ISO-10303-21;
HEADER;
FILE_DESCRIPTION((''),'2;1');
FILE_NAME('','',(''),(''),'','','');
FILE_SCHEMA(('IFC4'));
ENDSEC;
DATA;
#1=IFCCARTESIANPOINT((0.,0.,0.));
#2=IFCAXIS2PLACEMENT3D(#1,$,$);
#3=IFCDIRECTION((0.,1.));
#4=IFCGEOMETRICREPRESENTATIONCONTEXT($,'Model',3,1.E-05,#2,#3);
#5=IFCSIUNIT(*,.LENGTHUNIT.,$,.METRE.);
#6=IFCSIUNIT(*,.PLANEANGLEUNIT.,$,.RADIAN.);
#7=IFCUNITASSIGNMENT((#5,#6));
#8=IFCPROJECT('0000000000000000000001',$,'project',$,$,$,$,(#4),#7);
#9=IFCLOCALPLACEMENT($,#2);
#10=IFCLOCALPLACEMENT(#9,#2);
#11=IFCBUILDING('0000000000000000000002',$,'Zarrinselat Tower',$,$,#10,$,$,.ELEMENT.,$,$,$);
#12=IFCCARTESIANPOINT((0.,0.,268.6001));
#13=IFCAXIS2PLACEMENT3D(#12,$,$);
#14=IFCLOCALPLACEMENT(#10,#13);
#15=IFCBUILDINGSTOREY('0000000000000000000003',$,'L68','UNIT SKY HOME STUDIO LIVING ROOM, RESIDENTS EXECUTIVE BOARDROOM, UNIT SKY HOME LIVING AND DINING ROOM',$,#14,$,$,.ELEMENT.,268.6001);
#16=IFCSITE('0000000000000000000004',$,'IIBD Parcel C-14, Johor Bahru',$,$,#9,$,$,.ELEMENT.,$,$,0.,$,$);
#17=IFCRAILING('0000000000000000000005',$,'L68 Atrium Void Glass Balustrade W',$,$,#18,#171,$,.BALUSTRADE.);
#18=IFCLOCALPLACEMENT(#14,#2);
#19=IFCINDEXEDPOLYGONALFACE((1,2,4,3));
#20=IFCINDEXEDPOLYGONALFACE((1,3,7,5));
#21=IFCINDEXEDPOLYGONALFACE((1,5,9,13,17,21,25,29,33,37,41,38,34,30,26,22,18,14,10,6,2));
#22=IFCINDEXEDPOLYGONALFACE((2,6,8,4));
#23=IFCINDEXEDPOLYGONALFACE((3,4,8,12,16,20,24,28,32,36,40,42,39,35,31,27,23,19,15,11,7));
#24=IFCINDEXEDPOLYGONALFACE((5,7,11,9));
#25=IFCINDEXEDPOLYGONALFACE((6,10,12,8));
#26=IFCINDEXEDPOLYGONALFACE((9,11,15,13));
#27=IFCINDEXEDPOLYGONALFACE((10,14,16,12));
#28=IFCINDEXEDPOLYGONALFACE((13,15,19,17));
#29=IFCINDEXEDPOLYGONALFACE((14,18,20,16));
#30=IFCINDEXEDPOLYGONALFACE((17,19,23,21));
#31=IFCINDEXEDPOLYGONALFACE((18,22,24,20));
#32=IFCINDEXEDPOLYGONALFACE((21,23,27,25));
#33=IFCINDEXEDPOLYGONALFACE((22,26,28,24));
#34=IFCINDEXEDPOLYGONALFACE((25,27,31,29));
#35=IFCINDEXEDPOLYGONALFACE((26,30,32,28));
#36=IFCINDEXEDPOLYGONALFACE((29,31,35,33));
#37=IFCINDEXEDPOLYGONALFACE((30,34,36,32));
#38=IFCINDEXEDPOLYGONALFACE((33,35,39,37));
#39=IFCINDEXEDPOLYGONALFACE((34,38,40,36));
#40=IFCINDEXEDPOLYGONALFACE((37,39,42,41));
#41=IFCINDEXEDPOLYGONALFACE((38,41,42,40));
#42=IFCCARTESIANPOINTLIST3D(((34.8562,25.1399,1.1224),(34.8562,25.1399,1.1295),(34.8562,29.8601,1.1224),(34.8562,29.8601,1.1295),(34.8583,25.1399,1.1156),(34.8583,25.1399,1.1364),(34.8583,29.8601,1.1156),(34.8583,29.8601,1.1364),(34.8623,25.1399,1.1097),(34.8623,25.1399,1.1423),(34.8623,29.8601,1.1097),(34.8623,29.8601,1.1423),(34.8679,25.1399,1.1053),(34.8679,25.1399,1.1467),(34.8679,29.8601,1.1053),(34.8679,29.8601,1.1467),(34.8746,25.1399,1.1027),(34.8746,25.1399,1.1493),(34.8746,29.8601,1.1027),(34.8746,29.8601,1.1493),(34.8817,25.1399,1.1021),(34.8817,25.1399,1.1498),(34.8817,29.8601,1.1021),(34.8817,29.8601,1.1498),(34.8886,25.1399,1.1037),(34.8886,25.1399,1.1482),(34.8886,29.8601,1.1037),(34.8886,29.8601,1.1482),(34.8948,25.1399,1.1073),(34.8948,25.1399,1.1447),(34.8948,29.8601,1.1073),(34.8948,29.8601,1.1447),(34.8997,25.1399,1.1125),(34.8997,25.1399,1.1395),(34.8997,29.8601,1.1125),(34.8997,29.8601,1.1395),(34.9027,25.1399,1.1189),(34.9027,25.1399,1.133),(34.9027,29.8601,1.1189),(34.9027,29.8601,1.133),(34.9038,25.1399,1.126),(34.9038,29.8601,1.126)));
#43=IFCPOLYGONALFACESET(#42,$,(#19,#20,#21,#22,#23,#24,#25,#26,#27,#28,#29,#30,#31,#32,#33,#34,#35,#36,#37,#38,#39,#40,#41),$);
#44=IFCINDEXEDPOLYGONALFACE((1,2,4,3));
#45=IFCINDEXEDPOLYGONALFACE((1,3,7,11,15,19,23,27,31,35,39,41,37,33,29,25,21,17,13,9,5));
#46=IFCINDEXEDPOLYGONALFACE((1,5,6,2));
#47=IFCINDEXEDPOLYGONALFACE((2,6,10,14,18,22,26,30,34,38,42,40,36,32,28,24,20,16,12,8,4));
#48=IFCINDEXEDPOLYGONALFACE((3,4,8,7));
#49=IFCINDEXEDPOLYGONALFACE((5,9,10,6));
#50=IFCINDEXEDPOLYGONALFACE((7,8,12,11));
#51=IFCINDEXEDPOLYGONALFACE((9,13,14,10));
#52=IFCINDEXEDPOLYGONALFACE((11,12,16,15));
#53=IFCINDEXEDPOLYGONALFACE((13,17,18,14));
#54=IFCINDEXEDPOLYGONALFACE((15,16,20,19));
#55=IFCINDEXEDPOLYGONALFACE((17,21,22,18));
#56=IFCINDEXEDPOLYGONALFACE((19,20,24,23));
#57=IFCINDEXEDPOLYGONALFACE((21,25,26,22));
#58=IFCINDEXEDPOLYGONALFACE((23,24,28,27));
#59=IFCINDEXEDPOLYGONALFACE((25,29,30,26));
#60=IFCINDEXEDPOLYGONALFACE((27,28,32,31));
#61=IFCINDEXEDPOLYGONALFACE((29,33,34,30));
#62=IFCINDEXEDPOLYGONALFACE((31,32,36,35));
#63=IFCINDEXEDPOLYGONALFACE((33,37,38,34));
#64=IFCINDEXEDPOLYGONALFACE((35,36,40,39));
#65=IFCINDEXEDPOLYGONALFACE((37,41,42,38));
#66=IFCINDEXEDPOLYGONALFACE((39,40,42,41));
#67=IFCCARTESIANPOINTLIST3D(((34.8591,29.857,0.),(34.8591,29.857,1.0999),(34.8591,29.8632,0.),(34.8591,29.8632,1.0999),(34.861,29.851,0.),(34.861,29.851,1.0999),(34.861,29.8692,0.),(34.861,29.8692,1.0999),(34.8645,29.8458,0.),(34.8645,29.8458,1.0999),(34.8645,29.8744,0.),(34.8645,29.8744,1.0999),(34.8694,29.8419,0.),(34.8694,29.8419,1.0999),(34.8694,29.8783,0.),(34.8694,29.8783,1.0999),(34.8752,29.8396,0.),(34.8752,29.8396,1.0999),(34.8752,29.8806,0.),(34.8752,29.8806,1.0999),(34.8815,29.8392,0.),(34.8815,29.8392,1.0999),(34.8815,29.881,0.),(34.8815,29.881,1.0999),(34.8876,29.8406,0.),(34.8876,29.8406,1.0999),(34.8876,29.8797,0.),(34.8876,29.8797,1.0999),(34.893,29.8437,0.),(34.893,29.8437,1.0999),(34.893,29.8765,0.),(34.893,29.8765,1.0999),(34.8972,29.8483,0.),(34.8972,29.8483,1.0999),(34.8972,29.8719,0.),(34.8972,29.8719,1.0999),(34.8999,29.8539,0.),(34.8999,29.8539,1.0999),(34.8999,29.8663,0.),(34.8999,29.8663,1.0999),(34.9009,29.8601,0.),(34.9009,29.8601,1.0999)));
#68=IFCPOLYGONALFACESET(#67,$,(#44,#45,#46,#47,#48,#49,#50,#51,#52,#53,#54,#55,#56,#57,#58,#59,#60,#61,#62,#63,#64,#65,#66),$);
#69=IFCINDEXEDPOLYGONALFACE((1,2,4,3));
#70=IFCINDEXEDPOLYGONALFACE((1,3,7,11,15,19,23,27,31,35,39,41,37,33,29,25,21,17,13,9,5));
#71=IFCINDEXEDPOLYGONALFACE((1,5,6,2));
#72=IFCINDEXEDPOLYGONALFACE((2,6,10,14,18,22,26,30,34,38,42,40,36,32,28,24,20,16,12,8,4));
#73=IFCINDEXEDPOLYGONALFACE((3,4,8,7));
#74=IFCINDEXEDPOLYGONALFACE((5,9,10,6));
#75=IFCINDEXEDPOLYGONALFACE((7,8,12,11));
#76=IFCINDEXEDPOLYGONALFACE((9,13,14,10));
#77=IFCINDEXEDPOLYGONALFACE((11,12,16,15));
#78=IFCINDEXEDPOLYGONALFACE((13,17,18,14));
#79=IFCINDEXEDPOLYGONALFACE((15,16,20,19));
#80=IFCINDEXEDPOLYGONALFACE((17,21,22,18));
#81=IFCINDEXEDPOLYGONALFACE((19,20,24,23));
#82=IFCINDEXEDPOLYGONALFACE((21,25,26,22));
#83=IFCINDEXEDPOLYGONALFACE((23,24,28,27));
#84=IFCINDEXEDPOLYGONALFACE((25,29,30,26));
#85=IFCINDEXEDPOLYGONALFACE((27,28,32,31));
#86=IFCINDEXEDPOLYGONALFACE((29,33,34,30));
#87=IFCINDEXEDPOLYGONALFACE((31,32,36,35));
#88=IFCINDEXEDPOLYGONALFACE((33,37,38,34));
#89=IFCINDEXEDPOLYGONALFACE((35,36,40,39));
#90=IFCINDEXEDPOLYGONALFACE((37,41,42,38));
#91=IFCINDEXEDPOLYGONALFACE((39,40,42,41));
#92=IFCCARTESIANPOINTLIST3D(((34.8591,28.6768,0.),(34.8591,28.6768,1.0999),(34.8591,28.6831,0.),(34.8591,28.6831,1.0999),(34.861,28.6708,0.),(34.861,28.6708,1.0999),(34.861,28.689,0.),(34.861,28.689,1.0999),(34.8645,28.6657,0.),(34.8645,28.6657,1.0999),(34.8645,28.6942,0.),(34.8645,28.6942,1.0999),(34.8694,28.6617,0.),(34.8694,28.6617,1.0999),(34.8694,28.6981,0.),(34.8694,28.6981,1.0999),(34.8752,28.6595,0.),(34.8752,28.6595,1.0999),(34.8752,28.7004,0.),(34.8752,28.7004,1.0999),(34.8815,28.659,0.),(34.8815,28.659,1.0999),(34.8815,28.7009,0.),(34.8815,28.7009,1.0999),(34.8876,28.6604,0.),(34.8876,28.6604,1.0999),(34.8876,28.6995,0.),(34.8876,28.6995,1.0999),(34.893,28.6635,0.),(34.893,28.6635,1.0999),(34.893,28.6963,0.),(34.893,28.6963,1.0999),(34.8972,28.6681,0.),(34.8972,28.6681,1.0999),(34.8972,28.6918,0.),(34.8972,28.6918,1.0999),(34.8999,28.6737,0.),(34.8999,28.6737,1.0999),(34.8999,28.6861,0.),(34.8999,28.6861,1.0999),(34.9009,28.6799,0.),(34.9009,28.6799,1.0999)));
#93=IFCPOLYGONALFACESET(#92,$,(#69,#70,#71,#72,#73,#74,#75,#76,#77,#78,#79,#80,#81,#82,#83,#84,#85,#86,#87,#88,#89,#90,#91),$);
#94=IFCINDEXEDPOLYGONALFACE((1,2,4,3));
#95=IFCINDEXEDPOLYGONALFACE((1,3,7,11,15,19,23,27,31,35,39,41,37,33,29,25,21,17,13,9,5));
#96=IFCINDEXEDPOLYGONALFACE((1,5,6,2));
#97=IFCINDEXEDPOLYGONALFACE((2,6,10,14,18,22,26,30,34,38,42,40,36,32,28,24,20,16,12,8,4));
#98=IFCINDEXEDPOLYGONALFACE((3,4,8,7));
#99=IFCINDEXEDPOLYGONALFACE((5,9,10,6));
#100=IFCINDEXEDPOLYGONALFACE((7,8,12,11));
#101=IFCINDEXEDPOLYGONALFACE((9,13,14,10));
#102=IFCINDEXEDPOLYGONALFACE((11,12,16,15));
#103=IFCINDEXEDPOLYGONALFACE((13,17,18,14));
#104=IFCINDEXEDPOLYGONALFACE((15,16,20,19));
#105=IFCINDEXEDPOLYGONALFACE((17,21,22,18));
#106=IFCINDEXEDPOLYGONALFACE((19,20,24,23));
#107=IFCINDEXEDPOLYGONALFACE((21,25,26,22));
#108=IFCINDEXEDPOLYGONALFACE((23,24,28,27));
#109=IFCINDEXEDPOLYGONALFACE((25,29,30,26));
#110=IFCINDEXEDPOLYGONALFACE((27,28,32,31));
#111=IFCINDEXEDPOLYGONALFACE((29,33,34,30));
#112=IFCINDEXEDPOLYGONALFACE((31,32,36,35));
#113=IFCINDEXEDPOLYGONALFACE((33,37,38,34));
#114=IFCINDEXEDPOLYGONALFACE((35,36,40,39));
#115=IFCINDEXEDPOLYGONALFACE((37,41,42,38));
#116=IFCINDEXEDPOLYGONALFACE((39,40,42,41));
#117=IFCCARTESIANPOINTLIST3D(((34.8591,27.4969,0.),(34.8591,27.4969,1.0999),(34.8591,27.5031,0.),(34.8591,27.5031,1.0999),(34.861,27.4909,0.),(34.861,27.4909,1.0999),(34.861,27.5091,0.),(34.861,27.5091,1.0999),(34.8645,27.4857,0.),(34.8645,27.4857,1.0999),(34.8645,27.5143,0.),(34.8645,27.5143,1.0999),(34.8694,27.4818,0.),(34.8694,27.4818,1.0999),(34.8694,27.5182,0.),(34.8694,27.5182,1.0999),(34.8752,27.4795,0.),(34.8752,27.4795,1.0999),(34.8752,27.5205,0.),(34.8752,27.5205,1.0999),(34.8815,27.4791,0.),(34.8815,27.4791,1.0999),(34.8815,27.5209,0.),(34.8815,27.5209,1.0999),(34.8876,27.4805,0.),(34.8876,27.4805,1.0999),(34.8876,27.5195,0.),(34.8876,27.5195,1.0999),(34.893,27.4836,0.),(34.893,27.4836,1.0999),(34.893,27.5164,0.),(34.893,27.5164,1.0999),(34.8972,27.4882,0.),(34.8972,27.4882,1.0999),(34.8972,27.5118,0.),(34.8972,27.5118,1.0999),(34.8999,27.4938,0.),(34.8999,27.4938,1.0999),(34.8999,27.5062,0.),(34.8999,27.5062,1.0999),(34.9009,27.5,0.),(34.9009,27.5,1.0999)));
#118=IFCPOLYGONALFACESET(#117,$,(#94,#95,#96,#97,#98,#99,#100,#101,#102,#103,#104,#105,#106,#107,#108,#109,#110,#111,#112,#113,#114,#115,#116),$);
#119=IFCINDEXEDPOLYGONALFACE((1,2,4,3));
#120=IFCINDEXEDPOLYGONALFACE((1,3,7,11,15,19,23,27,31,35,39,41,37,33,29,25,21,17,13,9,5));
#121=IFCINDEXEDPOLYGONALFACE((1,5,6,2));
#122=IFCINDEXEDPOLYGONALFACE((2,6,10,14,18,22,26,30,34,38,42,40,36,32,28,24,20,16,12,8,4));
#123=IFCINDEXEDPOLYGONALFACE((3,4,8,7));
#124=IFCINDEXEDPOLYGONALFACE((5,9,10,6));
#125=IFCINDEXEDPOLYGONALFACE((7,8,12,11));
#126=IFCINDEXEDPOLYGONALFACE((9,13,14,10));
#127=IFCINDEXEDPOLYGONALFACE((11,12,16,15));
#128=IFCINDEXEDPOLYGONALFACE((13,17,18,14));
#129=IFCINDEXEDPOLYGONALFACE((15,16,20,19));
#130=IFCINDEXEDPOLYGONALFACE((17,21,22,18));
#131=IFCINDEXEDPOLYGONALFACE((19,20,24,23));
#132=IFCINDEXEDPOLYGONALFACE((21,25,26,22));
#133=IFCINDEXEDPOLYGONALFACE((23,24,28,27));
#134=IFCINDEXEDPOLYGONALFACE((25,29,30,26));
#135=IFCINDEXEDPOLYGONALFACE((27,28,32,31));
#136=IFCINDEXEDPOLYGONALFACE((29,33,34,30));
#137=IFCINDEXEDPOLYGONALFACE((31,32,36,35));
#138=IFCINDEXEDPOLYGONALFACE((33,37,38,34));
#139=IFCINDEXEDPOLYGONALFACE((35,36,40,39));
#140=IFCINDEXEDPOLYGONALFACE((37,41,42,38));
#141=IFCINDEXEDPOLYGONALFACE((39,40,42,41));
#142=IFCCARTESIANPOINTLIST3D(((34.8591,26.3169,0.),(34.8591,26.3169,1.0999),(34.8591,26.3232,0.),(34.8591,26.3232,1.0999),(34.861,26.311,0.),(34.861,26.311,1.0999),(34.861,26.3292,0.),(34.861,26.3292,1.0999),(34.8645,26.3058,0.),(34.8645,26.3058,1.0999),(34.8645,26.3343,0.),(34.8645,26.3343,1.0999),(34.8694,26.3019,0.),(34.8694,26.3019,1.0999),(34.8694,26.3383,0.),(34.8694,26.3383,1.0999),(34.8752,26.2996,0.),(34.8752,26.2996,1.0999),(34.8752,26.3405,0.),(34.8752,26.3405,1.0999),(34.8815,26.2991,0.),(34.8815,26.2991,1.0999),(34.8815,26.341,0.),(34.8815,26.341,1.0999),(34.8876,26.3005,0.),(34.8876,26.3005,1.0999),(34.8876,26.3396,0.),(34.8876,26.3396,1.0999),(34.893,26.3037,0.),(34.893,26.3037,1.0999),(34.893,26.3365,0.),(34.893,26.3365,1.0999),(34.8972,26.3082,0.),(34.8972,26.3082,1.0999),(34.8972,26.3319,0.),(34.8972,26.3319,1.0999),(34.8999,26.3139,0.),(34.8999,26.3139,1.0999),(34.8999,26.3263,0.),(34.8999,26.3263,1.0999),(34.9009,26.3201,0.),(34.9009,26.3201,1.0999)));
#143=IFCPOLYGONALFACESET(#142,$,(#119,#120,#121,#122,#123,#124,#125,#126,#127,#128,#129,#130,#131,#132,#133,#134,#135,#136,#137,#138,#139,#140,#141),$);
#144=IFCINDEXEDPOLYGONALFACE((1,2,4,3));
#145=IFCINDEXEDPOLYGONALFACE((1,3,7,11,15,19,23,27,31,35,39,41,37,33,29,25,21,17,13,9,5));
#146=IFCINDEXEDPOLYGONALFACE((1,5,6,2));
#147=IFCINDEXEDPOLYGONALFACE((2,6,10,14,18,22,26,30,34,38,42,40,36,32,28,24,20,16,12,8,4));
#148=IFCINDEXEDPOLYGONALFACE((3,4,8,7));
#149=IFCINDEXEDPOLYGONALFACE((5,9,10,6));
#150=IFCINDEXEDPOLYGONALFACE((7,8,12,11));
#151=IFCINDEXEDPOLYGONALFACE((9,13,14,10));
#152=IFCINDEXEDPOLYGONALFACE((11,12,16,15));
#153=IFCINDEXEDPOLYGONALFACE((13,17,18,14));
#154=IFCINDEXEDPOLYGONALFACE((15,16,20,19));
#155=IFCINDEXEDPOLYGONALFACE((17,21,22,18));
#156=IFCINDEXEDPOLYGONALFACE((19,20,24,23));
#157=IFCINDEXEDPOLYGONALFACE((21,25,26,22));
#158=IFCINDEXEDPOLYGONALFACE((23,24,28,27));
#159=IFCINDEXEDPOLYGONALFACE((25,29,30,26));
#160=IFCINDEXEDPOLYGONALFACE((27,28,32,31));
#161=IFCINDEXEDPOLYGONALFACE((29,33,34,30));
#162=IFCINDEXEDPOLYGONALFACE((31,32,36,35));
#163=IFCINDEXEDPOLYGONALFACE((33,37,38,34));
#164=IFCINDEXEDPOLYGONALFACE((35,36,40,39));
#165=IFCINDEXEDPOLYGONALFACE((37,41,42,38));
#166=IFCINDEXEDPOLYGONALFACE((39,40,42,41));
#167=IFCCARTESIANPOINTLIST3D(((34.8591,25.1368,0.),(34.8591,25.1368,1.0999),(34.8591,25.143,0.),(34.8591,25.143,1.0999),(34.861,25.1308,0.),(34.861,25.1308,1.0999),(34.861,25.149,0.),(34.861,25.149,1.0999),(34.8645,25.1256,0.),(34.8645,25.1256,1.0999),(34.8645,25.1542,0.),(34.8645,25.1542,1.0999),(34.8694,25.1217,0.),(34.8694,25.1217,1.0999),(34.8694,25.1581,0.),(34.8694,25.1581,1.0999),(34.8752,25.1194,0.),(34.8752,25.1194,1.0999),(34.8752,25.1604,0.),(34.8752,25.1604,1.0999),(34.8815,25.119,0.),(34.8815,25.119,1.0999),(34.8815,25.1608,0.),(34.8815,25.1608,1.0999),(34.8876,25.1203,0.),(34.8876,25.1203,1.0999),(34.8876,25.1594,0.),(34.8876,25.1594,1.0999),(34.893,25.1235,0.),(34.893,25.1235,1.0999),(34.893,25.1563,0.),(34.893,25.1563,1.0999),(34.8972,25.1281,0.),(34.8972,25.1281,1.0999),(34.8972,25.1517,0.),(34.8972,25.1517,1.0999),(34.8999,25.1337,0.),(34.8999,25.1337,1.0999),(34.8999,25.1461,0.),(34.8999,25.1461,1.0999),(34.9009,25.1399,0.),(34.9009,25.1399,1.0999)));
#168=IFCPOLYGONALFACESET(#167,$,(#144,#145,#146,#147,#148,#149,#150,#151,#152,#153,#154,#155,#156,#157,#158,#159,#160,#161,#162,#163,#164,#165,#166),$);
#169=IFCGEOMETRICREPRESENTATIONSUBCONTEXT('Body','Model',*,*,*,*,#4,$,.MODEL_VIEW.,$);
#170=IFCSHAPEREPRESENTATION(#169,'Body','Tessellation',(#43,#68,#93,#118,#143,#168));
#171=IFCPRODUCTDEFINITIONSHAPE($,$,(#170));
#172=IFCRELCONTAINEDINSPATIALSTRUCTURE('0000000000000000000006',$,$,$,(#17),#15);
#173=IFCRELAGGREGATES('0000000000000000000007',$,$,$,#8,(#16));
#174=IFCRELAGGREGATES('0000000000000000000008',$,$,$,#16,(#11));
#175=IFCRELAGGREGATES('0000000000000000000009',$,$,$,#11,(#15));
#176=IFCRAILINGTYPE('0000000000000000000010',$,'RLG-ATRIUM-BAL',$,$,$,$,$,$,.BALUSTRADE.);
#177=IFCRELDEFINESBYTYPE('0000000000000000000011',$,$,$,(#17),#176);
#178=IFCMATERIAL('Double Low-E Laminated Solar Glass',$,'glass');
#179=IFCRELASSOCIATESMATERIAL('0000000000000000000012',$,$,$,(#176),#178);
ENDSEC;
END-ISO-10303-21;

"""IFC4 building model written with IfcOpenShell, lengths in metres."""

from ifc_helpers import new_model, si_unit, direction, frame, origin, origin_2d, place, context, subcontext, project, spatial, circle, extrude, material, type_object, element, save


model = new_model("IFC4")

# Units and contexts
model_context = context("Model", 3, precision=1e-05, world=origin(), true_north=direction((0.0, 1.0)))
body_context = subcontext(model_context, "Body", "Model", "MODEL_VIEW")
ifc_project = project(units=[si_unit("LENGTHUNIT", "METRE"), si_unit("PLANEANGLEUNIT", "RADIAN")], contexts=[model_context])

# Site, building, storey
site_placement = place(None, origin())
site = spatial("IfcSite", under=ifc_project, at=site_placement, Name="IIBD Parcel C-14, Johor Bahru", CompositionType="ELEMENT", RefElevation=0.0)
building_placement = place(site_placement, origin())
building = spatial("IfcBuilding", under=site, at=building_placement, Name="Zarrinselat Tower", CompositionType="ELEMENT")
storey_placement = place(building_placement, frame((0.0, 0.0, 268.6001)))
storey = spatial("IfcBuildingStorey", under=building, at=storey_placement, Name="L68", Description="UNIT SKY HOME STUDIO LIVING ROOM, RESIDENTS EXECUTIVE BOARDROOM, UNIT SKY HOME LIVING AND DINING ROOM", CompositionType="ELEMENT", Elevation=268.6001)

# Railing
ifc_material_1 = material(Name="Double Low-E Laminated Solar Glass", Category="glass")
railing_type_1 = type_object("IfcRailingType", Name="RLG-ATRIUM-BAL", PredefinedType="BALUSTRADE", material=ifc_material_1)
railing_1_placement = place(storey_placement, frame((34.8799, 29.8601, 0.0)))
element("IfcRailing", 1, at=railing_1_placement, inside=storey, type_object=railing_type_1, Name="L68 Atrium Void Glass Balustrade W", PredefinedType="BALUSTRADE", context=body_context, shape_type="SweptSolid", body=[
    extrude(circle(Radius=0.0239, at=origin_2d()), frame((0.0, 0.0, 1.126), z_axis=(0.0, -1.0, 0.0), x_axis=(1.0, 0.0, 0.0)), (0.0, 0.0, 1.0), 4.7202),
    extrude(circle(Radius=0.021, at=origin_2d()), origin(), (0.0, 0.0, 1.0), 1.0999),
    extrude(circle(Radius=0.021, at=origin_2d()), frame((0.0, -1.1802, 0.0)), (0.0, 0.0, 1.0), 1.0999),
    extrude(circle(Radius=0.021, at=origin_2d()), frame((0.0, -2.3601, 0.0)), (0.0, 0.0, 1.0), 1.0999),
    extrude(circle(Radius=0.021, at=origin_2d()), frame((0.0, -3.54, 0.0)), (0.0, 0.0, 1.0), 1.0999),
    extrude(circle(Radius=0.021, at=origin_2d()), frame((0.0, -4.7202, 0.0)), (0.0, 0.0, 1.0), 1.0999),
])

save(model, "model.ifc")
